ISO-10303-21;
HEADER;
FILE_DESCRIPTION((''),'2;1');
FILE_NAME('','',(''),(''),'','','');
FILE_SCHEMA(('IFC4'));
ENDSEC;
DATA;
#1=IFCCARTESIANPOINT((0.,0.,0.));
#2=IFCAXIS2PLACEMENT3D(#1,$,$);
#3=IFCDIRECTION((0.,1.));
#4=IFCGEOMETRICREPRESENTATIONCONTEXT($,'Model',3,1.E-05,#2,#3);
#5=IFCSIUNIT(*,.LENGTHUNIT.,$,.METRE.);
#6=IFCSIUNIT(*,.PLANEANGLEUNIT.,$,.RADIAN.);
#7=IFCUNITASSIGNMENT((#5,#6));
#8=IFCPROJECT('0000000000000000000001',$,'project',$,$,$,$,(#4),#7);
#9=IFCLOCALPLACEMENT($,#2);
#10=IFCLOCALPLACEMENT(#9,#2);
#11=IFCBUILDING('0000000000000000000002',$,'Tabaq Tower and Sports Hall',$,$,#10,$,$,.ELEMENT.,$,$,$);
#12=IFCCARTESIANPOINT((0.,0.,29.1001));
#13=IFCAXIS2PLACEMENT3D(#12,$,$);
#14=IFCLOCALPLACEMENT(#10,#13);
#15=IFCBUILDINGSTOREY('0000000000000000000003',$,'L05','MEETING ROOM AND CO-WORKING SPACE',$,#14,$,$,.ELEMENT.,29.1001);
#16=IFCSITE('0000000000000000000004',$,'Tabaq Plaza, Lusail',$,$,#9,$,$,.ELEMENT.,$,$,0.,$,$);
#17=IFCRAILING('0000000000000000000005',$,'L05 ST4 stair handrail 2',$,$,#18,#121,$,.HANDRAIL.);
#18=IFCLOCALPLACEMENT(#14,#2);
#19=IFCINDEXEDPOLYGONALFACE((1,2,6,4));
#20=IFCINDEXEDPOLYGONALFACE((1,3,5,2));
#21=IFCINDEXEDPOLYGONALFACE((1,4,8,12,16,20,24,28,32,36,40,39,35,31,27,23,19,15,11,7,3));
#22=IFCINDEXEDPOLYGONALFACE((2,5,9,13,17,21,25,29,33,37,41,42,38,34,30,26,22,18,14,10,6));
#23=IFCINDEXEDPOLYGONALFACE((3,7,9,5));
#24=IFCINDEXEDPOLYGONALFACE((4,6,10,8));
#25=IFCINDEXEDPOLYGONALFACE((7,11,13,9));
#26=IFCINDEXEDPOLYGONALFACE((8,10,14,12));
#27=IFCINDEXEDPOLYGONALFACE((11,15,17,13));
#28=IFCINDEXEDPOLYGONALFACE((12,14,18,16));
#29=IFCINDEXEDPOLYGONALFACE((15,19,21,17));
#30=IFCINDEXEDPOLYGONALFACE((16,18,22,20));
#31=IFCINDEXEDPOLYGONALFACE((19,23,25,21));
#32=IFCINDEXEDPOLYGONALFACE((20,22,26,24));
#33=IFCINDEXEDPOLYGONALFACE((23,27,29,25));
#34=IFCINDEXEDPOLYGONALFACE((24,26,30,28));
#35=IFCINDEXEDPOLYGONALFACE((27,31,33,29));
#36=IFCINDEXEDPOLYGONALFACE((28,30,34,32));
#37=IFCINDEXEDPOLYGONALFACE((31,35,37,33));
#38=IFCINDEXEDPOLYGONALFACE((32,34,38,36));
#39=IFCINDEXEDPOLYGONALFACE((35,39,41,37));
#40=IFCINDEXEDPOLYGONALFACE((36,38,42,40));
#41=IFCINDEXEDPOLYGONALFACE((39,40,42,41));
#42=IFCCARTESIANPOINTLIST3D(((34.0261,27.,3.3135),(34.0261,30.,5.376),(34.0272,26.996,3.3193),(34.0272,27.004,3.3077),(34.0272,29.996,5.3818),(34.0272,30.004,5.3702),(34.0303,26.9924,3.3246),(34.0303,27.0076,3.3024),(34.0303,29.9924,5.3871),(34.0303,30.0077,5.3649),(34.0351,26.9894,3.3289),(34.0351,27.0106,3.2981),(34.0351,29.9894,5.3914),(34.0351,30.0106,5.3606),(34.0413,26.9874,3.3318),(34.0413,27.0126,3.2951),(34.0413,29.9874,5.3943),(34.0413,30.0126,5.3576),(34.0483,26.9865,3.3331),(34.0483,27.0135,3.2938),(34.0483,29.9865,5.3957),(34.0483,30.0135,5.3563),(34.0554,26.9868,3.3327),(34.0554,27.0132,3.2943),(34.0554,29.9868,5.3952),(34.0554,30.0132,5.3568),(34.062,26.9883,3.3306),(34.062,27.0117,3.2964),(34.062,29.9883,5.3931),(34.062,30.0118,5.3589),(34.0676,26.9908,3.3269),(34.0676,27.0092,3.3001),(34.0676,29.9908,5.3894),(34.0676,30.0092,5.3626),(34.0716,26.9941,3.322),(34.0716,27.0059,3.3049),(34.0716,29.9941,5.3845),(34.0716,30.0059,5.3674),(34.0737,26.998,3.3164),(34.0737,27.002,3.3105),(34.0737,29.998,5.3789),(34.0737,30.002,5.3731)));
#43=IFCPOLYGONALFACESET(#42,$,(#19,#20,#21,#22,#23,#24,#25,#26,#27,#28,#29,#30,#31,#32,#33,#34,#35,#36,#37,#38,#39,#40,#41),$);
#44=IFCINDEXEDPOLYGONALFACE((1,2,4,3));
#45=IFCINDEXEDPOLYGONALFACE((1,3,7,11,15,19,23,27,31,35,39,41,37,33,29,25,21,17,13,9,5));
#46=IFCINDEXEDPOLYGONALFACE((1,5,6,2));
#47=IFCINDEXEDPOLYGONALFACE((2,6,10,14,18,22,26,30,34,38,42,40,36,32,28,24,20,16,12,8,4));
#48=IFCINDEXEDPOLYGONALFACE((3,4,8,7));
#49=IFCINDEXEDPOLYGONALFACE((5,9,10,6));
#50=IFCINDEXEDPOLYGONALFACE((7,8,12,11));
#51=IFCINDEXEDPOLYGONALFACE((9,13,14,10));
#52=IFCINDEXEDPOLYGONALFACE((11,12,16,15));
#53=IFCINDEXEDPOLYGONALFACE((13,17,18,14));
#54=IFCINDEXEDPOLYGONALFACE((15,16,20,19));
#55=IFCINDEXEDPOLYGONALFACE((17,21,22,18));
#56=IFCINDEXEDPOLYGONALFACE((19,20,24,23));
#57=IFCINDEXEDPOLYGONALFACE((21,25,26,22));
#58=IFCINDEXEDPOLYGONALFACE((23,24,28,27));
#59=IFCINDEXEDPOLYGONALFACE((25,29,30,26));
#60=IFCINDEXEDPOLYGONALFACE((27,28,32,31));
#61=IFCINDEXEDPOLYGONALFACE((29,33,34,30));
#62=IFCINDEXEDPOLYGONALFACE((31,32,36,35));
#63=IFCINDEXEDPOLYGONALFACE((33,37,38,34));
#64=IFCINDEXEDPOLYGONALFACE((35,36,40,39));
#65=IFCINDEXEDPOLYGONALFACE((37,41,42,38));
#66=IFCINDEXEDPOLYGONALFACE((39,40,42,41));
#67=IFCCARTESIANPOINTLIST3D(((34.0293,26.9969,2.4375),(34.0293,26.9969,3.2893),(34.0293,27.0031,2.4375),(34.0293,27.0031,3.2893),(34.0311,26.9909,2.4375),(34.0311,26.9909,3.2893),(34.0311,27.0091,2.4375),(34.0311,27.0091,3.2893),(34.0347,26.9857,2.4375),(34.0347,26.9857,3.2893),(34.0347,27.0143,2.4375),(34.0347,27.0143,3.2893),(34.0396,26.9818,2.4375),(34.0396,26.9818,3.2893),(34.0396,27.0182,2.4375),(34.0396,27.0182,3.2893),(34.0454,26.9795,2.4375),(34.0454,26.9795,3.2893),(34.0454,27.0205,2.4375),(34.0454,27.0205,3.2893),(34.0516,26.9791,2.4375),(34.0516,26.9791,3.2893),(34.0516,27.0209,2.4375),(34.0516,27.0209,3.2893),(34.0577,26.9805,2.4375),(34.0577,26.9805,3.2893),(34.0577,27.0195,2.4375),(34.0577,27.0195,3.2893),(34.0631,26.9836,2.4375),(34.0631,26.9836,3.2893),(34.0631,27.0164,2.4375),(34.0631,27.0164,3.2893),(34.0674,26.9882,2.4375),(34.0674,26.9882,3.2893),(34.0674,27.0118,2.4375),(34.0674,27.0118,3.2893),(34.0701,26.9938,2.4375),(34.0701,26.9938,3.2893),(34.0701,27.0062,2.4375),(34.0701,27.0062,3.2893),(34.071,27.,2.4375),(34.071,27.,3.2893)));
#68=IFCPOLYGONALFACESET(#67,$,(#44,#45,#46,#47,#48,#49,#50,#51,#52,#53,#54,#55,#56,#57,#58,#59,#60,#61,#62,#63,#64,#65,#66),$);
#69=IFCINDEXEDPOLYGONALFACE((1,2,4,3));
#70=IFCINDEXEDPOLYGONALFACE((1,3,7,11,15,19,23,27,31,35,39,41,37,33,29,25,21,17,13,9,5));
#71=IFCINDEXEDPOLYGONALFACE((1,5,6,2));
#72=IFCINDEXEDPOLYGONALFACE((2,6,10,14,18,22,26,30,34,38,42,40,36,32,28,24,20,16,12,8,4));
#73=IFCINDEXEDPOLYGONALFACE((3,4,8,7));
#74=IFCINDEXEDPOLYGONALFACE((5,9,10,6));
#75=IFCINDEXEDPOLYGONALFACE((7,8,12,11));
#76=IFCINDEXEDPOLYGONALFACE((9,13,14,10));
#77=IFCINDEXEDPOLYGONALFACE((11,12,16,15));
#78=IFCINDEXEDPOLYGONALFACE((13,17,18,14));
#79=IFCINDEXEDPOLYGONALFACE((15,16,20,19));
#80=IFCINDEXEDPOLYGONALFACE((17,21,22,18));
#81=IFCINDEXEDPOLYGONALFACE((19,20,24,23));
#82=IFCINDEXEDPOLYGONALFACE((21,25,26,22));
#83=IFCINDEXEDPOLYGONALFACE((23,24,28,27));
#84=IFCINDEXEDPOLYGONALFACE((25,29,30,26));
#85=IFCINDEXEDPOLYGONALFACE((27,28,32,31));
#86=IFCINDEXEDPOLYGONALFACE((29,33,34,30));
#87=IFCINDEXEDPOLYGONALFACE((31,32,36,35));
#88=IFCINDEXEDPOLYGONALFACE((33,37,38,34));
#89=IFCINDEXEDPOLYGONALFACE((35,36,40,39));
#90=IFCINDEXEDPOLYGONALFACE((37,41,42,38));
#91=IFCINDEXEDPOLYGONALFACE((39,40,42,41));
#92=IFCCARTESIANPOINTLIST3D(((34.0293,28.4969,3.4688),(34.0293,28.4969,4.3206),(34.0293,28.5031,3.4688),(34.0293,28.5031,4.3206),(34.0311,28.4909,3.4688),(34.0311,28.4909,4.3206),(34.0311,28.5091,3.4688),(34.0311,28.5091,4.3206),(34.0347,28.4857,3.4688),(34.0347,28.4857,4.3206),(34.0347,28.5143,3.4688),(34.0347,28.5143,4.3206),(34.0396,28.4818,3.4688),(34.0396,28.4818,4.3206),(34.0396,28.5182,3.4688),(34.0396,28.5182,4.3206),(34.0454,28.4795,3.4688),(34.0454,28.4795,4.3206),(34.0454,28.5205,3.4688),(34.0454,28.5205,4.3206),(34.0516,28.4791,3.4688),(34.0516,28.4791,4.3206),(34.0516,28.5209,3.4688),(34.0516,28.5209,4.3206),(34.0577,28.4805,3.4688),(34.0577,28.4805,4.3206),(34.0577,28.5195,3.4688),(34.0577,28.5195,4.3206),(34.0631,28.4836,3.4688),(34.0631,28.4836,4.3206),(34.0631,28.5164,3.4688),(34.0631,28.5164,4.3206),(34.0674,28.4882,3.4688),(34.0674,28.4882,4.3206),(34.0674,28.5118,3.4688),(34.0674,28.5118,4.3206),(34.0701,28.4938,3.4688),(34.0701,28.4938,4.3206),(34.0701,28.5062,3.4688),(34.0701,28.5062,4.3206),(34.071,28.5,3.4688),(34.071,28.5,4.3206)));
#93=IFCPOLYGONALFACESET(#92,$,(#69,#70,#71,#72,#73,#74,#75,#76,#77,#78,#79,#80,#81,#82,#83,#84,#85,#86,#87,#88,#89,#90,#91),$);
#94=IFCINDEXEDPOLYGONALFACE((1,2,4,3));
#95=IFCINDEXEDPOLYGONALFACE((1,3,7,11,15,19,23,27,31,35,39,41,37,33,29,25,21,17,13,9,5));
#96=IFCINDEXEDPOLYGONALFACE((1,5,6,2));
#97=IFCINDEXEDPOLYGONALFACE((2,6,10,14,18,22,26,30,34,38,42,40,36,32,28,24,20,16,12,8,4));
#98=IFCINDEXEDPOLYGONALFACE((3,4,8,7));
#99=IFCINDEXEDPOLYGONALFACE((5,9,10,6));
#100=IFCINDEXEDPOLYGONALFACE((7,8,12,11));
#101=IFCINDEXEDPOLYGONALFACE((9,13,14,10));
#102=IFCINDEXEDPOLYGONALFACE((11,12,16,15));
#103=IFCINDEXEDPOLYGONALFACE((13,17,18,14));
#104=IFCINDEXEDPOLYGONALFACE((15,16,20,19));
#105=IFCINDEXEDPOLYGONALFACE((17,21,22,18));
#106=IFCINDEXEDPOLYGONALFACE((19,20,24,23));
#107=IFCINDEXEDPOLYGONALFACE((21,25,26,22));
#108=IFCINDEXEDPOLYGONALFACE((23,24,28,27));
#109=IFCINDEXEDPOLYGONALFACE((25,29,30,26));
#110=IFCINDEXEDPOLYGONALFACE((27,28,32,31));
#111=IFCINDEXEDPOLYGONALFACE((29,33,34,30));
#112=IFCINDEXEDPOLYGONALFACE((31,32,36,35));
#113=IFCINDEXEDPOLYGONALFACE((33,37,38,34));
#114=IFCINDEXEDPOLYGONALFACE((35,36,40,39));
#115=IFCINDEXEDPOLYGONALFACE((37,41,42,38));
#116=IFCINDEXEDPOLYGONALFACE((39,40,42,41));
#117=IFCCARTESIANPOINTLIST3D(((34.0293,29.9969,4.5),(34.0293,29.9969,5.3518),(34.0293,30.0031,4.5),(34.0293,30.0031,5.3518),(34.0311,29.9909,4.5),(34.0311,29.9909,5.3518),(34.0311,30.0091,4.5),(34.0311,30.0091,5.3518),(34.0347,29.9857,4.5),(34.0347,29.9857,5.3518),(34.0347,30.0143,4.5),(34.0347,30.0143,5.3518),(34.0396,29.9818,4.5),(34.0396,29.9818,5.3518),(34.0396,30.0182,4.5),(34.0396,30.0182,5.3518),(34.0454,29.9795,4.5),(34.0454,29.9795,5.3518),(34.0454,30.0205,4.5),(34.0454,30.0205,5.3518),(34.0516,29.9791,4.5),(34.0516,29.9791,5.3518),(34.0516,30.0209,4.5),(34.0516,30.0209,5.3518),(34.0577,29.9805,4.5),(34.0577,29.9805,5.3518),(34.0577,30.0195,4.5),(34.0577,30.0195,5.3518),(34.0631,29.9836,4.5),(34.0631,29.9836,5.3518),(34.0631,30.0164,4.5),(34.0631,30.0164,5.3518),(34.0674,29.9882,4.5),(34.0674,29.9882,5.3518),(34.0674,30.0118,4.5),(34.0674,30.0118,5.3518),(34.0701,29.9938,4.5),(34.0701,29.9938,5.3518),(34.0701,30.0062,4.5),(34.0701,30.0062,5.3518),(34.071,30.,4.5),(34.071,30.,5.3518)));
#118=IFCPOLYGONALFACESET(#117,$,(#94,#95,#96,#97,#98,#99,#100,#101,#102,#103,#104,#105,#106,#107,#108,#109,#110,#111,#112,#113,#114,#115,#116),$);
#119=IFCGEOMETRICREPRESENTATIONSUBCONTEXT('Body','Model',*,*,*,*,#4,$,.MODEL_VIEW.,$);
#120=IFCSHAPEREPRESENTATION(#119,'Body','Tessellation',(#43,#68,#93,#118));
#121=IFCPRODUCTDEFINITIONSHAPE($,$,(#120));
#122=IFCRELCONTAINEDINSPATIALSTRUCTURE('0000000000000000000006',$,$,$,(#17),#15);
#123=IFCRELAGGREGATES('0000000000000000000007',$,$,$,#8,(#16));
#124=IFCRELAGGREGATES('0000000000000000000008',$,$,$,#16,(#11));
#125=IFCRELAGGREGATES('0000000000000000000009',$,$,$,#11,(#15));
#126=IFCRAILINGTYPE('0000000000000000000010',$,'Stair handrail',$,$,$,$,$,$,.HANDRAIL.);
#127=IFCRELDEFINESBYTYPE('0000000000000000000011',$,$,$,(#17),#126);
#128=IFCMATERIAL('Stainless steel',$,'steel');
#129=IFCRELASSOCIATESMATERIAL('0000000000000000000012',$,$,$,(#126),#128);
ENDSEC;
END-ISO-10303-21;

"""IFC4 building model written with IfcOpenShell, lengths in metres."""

from ifc_helpers import new_model, si_unit, direction, frame, origin, origin_2d, place, context, subcontext, project, spatial, circle, extrude, material, type_object, element, save


model = new_model("IFC4")

# Units and contexts
model_context = context("Model", 3, precision=1e-05, world=origin(), true_north=direction((0.0, 1.0)))
body_context = subcontext(model_context, "Body", "Model", "MODEL_VIEW")
ifc_project = project(units=[si_unit("LENGTHUNIT", "METRE"), si_unit("PLANEANGLEUNIT", "RADIAN")], contexts=[model_context])

# Site, building, storey
site_placement = place(None, origin())
site = spatial("IfcSite", under=ifc_project, at=site_placement, Name="Tabaq Plaza, Lusail", CompositionType="ELEMENT", RefElevation=0.0)
building_placement = place(site_placement, origin())
building = spatial("IfcBuilding", under=site, at=building_placement, Name="Tabaq Tower and Sports Hall", CompositionType="ELEMENT")
storey_placement = place(building_placement, frame((0.0, 0.0, 29.1001)))
storey = spatial("IfcBuildingStorey", under=building, at=storey_placement, Name="L05", Description="MEETING ROOM AND CO-WORKING SPACE", CompositionType="ELEMENT", Elevation=29.1001)

# Railing
ifc_material_1 = material(Name="Stainless steel", Category="steel")
railing_type_1 = type_object("IfcRailingType", Name="Stair handrail", PredefinedType="HANDRAIL", material=ifc_material_1)
railing_1_placement = place(storey_placement, frame((34.05, 27.0, 2.4375)))
element("IfcRailing", 1, at=railing_1_placement, inside=storey, type_object=railing_type_1, Name="L05 ST4 stair handrail 2", PredefinedType="HANDRAIL", context=body_context, shape_type="SweptSolid", body=[
    extrude(circle(Radius=0.0239, at=origin_2d()), frame((0.0, 0.0, 0.876), z_axis=(0.0, 0.824042, 0.566529), x_axis=(-1.0, 0.0, 0.0)), (0.0, 0.0, 1.0), 3.6406),
    extrude(circle(Radius=0.021, at=origin_2d()), origin(), (0.0, 0.0, 1.0), 0.8518),
    extrude(circle(Radius=0.021, at=origin_2d()), frame((0.0, 1.5, 1.0312)), (0.0, 0.0, 1.0), 0.8518),
    extrude(circle(Radius=0.021, at=origin_2d()), frame((0.0, 3.0, 2.0625)), (0.0, 0.0, 1.0), 0.8518),
])

save(model, "model.ifc")
